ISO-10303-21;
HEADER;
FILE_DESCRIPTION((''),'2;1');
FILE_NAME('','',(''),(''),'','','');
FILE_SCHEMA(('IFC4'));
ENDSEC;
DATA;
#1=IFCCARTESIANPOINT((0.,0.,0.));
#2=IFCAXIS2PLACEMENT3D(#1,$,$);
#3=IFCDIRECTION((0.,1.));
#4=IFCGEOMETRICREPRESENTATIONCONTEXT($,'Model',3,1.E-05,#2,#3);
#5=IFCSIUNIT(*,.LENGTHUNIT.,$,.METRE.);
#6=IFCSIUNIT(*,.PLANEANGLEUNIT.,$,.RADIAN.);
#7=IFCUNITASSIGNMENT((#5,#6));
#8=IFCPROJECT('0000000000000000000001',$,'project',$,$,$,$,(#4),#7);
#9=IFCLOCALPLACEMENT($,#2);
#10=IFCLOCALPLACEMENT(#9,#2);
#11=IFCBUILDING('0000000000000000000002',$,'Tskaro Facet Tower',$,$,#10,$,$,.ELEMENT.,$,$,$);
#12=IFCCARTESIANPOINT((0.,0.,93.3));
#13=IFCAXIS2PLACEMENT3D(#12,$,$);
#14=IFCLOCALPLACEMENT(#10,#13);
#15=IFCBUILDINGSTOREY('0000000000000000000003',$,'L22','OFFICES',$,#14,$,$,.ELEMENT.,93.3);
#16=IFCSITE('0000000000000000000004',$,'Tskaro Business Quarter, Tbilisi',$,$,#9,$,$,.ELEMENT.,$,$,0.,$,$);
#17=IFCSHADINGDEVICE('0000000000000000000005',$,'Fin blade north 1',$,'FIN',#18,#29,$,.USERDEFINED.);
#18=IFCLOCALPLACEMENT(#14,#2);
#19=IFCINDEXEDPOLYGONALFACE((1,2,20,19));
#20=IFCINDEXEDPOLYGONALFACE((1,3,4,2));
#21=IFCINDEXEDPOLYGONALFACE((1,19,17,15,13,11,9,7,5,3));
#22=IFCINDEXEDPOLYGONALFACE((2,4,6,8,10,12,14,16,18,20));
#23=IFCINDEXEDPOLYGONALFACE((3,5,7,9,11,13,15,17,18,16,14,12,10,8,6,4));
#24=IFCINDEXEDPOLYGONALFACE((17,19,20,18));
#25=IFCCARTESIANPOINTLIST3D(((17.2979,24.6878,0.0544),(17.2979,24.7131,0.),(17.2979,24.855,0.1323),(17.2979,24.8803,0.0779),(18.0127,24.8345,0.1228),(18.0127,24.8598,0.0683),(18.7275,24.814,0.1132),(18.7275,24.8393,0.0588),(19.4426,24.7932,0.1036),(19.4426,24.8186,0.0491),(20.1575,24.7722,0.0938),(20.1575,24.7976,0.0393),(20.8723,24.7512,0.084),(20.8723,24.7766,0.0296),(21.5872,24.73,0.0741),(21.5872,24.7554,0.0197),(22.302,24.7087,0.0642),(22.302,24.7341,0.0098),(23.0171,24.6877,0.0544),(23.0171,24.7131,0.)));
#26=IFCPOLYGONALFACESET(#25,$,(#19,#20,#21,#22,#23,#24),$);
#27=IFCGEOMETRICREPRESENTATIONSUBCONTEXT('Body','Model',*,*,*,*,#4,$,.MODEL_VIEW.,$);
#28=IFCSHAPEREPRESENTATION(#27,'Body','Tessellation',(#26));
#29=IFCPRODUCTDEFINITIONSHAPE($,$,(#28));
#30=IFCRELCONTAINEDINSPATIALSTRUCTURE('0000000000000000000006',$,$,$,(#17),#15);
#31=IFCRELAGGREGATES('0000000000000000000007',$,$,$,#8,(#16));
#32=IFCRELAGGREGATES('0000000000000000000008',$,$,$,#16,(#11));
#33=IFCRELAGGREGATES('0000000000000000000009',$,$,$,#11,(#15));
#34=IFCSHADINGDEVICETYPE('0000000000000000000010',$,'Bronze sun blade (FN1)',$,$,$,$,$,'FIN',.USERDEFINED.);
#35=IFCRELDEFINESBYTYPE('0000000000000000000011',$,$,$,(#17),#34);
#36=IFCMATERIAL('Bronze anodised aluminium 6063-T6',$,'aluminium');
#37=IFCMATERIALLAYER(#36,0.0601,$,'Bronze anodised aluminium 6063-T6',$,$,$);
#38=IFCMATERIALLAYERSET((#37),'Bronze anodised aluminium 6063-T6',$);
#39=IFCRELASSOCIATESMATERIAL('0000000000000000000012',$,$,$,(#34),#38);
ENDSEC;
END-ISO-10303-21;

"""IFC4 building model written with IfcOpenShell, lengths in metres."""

from ifc_helpers import new_model, si_unit, direction, frame, origin, place, context, subcontext, project, spatial, polyline, outline, extrude, material, layer, layer_set, type_object, element, save


model = new_model("IFC4")

# Units and contexts
model_context = context("Model", 3, precision=1e-05, world=origin(), true_north=direction((0.0, 1.0)))
body_context = subcontext(model_context, "Body", "Model", "MODEL_VIEW")
ifc_project = project(units=[si_unit("LENGTHUNIT", "METRE"), si_unit("PLANEANGLEUNIT", "RADIAN")], contexts=[model_context])

# Site, building, storey
site_placement = place(None, origin())
site = spatial("IfcSite", under=ifc_project, at=site_placement, Name="Tskaro Business Quarter, Tbilisi", CompositionType="ELEMENT", RefElevation=0.0)
building_placement = place(site_placement, origin())
building = spatial("IfcBuilding", under=site, at=building_placement, Name="Tskaro Facet Tower", CompositionType="ELEMENT")
storey_placement = place(building_placement, frame((0.0, 0.0, 93.3)))
storey = spatial("IfcBuildingStorey", under=building, at=storey_placement, Name="L22", Description="OFFICES", CompositionType="ELEMENT", Elevation=93.3)

# Shared definitions
ifc_material_1 = material(Name="Bronze anodised aluminium 6063-T6", Category="aluminium")

# Shading device
ifc_layer_1 = layer(ifc_material_1, 0.0601, Name="Bronze anodised aluminium 6063-T6")
ifc_layer_set_1 = layer_set([ifc_layer_1], Name="Bronze anodised aluminium 6063-T6")
shading_device_type = type_object("IfcShadingDeviceType", Name="Bronze sun blade (FN1)", ElementType="FIN", PredefinedType="USERDEFINED", material=ifc_layer_set_1)
shading_device_1_placement = place(storey_placement, frame((23.0171, 24.6877, 0.0544), z_axis=(-0.000003, -0.422255, 0.906477), x_axis=(-1.0, 0.000001, -0.000003)))
element("IfcShadingDevice", 1, at=shading_device_1_placement, inside=storey, type_object=shading_device_type, Name="Fin blade north 1", ObjectType="FIN", PredefinedType="USERDEFINED", context=body_context, shape_type="SweptSolid", body=[
    extrude(outline(polyline([(0.0, 0.0), (5.7192, 0.0), (5.7192, -0.1845), (5.0044, -0.1619), (4.2896, -0.1393), (3.5745, -0.1163), (2.8596, -0.0932), (2.1448, -0.07), (1.4299, -0.0466), (0.7151, -0.0232), (0.0, 0.0)])), origin(), (0.0, 0.0, -1.0), 0.0601),
])

save(model, "model.ifc")
